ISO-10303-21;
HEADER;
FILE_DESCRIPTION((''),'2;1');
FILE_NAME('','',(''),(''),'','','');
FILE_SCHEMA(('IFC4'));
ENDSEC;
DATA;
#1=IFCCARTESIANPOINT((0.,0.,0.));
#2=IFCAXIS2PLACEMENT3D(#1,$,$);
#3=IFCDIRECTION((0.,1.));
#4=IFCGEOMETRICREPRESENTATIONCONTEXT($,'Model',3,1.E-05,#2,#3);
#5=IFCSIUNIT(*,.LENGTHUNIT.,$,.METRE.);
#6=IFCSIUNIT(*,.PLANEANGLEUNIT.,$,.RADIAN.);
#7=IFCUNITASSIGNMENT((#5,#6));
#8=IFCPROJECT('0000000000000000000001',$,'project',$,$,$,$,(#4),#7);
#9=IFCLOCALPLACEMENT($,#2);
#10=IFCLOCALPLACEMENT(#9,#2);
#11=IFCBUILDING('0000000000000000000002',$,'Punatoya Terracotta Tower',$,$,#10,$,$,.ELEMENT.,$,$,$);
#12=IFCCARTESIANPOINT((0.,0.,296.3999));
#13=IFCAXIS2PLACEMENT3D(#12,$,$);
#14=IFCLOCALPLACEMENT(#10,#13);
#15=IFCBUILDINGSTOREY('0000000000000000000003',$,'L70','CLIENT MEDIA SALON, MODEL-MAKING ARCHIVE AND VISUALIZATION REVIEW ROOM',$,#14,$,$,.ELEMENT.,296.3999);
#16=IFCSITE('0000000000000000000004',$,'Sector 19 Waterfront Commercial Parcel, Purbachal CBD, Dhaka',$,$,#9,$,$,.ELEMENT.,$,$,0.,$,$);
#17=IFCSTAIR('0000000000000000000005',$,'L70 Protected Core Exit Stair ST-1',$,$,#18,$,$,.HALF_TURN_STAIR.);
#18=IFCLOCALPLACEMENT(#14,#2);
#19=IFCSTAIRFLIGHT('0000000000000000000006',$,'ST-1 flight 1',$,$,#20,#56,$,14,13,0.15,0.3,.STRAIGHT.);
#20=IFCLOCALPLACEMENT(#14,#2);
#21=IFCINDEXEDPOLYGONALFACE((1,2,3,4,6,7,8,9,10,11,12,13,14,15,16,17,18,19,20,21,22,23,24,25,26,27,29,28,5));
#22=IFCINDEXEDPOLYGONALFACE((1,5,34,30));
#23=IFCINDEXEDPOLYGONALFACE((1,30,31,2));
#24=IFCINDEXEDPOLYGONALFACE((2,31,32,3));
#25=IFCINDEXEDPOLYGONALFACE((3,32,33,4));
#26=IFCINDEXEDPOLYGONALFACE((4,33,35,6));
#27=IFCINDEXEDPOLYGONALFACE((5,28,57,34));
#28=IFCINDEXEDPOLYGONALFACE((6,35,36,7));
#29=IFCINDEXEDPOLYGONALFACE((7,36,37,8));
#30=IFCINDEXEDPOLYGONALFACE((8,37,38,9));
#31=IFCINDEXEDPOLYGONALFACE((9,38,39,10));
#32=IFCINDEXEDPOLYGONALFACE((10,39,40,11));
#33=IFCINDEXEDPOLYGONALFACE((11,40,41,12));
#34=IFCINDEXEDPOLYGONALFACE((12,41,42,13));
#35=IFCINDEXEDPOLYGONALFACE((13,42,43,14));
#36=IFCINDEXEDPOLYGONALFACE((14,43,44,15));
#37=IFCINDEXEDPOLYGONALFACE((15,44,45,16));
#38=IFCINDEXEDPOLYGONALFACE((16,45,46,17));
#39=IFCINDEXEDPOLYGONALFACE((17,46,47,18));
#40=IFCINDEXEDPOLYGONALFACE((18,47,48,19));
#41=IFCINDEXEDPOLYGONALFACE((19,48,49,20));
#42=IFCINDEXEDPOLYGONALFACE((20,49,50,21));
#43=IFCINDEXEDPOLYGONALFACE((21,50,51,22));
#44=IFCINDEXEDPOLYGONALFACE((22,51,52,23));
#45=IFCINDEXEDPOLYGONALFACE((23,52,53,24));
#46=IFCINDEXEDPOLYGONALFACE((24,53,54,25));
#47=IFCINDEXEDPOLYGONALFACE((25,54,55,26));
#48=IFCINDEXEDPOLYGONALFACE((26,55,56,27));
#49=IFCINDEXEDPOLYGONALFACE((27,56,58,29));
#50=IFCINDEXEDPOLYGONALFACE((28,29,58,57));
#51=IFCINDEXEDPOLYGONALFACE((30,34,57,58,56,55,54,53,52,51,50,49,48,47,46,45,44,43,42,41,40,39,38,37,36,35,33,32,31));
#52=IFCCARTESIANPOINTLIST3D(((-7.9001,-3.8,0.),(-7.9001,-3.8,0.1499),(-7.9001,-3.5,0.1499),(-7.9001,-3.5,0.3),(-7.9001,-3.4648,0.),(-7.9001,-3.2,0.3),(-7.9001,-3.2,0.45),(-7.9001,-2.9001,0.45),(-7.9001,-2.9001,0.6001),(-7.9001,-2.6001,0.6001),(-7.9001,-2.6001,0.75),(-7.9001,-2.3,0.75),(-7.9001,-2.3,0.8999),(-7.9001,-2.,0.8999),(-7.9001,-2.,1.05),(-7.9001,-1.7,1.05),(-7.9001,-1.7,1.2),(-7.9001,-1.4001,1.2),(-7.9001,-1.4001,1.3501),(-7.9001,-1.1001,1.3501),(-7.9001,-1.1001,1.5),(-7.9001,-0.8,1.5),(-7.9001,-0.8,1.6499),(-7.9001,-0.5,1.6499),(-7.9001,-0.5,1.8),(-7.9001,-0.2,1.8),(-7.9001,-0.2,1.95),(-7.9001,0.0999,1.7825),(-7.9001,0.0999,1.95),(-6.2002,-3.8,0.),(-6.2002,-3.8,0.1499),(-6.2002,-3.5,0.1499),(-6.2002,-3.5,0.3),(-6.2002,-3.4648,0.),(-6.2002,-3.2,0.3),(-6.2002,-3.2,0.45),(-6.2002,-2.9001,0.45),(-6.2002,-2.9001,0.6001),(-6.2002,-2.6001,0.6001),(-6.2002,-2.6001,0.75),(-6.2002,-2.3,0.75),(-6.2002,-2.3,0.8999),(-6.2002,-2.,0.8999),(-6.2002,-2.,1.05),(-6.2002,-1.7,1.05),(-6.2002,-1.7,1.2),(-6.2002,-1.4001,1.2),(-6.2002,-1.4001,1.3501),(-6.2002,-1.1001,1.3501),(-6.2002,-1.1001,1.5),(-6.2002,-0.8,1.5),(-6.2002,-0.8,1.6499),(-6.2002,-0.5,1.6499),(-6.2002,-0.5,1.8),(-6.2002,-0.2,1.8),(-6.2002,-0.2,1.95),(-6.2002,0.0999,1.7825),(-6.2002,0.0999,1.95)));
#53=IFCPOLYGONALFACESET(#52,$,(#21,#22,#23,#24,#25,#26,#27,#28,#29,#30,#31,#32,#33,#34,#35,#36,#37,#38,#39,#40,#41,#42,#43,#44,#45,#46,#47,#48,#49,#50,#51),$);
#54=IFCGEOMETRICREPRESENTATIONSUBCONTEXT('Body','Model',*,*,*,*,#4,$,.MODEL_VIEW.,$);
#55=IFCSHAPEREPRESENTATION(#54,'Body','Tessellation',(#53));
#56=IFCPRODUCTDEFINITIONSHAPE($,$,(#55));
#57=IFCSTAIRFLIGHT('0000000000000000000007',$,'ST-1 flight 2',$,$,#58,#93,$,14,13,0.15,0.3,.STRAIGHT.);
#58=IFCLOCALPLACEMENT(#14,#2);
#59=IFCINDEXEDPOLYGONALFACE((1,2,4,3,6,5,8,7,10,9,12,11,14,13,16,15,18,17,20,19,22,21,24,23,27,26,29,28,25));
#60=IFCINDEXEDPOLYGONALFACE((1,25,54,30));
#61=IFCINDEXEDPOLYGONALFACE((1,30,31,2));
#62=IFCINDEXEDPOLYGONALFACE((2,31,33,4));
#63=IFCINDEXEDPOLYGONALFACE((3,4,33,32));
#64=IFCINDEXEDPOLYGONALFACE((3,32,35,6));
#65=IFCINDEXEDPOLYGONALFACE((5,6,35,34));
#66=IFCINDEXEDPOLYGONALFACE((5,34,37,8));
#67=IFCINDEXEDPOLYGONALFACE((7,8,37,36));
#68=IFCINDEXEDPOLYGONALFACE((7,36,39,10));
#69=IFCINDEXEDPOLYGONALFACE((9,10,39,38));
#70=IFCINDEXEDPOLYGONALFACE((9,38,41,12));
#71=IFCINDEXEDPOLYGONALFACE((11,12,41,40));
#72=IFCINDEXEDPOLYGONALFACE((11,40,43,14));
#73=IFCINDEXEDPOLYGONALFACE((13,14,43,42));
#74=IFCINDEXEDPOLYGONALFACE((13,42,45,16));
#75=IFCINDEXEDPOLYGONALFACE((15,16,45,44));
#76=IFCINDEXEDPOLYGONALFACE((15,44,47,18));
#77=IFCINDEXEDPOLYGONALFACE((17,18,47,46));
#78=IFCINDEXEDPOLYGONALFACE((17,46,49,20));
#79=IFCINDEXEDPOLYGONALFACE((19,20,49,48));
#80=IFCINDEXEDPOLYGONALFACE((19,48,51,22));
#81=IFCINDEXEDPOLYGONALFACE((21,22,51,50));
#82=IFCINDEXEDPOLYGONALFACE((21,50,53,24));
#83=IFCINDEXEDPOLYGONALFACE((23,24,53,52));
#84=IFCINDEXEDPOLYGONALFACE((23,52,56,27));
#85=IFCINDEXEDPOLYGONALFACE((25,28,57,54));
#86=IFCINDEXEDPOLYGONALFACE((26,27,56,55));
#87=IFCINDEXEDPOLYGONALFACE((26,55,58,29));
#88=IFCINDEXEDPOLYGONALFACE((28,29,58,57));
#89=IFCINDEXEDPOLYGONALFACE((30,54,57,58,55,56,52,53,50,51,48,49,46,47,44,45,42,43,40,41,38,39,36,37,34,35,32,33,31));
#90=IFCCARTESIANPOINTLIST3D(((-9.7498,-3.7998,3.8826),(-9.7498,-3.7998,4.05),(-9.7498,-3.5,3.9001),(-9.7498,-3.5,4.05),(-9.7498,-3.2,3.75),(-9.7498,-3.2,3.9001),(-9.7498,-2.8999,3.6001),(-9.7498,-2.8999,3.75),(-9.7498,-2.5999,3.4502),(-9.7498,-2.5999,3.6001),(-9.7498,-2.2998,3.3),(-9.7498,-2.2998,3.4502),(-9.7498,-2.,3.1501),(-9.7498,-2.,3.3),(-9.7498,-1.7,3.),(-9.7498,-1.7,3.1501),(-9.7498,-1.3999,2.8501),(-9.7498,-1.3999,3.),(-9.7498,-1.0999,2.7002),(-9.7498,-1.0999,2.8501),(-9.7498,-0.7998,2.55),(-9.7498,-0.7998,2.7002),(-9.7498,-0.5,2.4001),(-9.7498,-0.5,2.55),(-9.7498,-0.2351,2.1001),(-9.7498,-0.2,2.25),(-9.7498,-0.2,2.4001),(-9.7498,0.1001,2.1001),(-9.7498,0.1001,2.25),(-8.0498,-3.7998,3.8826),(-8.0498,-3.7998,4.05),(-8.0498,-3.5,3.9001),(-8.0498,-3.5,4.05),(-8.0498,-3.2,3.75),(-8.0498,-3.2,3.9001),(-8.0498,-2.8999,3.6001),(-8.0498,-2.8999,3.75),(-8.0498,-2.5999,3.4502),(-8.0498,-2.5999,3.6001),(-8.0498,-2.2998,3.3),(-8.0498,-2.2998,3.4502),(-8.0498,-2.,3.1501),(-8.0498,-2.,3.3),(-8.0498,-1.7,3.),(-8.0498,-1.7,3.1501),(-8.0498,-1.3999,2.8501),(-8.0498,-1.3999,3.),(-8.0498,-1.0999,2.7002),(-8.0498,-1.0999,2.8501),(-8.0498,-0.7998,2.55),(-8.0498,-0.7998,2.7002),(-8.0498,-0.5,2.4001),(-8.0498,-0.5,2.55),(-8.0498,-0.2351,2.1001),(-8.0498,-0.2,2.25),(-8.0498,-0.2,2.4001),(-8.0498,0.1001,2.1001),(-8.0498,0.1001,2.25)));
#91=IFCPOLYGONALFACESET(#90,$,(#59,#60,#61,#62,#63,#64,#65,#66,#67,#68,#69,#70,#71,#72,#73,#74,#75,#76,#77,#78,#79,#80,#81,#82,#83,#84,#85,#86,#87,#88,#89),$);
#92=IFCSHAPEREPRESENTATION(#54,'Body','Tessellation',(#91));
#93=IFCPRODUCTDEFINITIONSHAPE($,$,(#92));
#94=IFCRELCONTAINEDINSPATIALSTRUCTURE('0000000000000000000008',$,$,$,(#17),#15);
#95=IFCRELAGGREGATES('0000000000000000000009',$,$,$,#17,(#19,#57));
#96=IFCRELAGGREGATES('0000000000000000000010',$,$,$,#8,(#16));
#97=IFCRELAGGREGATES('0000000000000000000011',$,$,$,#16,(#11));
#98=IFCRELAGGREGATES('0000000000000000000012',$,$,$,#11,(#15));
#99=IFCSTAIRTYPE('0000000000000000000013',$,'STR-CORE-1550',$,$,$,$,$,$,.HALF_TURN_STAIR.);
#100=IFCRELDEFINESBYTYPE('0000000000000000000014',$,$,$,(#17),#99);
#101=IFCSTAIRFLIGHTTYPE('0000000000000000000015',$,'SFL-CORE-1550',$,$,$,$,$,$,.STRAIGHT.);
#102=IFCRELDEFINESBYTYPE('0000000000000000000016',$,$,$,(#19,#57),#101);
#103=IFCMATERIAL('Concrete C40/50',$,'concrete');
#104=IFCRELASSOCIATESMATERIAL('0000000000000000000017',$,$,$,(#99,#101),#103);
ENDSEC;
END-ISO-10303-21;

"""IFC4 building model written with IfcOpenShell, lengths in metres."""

from ifc_helpers import new_model, si_unit, direction, frame, origin, place, context, subcontext, project, spatial, polyline, outline, extrude, material, type_object, element, aggregate, save


model = new_model("IFC4")

# Units and contexts
model_context = context("Model", 3, precision=1e-05, world=origin(), true_north=direction((0.0, 1.0)))
body_context = subcontext(model_context, "Body", "Model", "MODEL_VIEW")
ifc_project = project(units=[si_unit("LENGTHUNIT", "METRE"), si_unit("PLANEANGLEUNIT", "RADIAN")], contexts=[model_context])

# Site, building, storey
site_placement = place(None, origin())
site = spatial("IfcSite", under=ifc_project, at=site_placement, Name="Sector 19 Waterfront Commercial Parcel, Purbachal CBD, Dhaka", CompositionType="ELEMENT", RefElevation=0.0)
building_placement = place(site_placement, origin())
building = spatial("IfcBuilding", under=site, at=building_placement, Name="Punatoya Terracotta Tower", CompositionType="ELEMENT")
storey_placement = place(building_placement, frame((0.0, 0.0, 296.3999)))
storey = spatial("IfcBuildingStorey", under=building, at=storey_placement, Name="L70", Description="CLIENT MEDIA SALON, MODEL-MAKING ARCHIVE AND VISUALIZATION REVIEW ROOM", CompositionType="ELEMENT", Elevation=296.3999)

# Shared definitions
ifc_material_1 = material(Name="Concrete C40/50", Category="concrete")

# Stair, stair flights
stair_type = type_object("IfcStairType", Name="STR-CORE-1550", PredefinedType="HALF_TURN_STAIR", material=ifc_material_1)
stair_placement = place(storey_placement, origin())
stair = element("IfcStair", 1, at=stair_placement, inside=storey, type_object=stair_type, Name="L70 Protected Core Exit Stair ST-1", PredefinedType="HALF_TURN_STAIR")
stair_flight_type = type_object("IfcStairFlightType", Name="SFL-CORE-1550", PredefinedType="STRAIGHT", material=ifc_material_1)
stair_flight_1_placement = place(storey_placement, frame((-7.05, -3.8, 0.0), z_axis=(0.0, 0.0, 1.0), x_axis=(0.0, 1.0, 0.0)))
stair_flight_1 = element("IfcStairFlight", 2, at=stair_flight_1_placement, type_object=stair_flight_type, Name="ST-1 flight 1", NumberOfRisers=14, NumberOfTreads=13, PredefinedType="STRAIGHT", RiserHeight=0.15, TreadLength=0.3, context=body_context, shape_type="SweptSolid", body=[
    extrude(outline(polyline([(0.0, 0.0), (0.0, 0.1499), (0.3, 0.1499), (0.3, 0.3), (0.6001, 0.3), (0.6001, 0.45), (0.8999, 0.45), (0.8999, 0.6001), (1.2, 0.6001), (1.2, 0.75), (1.5, 0.75), (1.5, 0.8999), (1.8, 0.8999), (1.8, 1.05), (2.1001, 1.05), (2.1001, 1.2), (2.3999, 1.2), (2.3999, 1.3501), (2.7, 1.3501), (2.7, 1.5), (3.0, 1.5), (3.0, 1.6499), (3.3, 1.6499), (3.3, 1.8), (3.6001, 1.8), (3.6001, 1.95), (3.8999, 1.95), (3.8999, 2.1001), (3.8999, 1.7825), (0.3352, 0.0), (0.0, 0.0)])), frame((0.0, 0.8501, 0.0), z_axis=(0.0, -1.0, 0.0), x_axis=(1.0, 0.0, 0.0)), (0.0, 0.0, 1.0), 1.7),
])
stair_flight_2_placement = place(storey_placement, frame((-8.8999, 0.1001, 2.1001), z_axis=(0.0, 0.0, 1.0), x_axis=(0.0, -1.0, 0.0)))
stair_flight_2 = element("IfcStairFlight", 3, at=stair_flight_2_placement, type_object=stair_flight_type, Name="ST-1 flight 2", NumberOfRisers=14, NumberOfTreads=13, PredefinedType="STRAIGHT", RiserHeight=0.15, TreadLength=0.3, context=body_context, shape_type="SweptSolid", body=[
    extrude(outline(polyline([(0.0, 0.0), (0.0, 0.1499), (0.3, 0.1499), (0.3, 0.3), (0.6001, 0.3), (0.6001, 0.45), (0.8999, 0.45), (0.8999, 0.6001), (1.2, 0.6001), (1.2, 0.75), (1.5, 0.75), (1.5, 0.8999), (1.8, 0.8999), (1.8, 1.05), (2.1001, 1.05), (2.1001, 1.2), (2.3999, 1.2), (2.3999, 1.3501), (2.7, 1.3501), (2.7, 1.5), (3.0, 1.5), (3.0, 1.6499), (3.3, 1.6499), (3.3, 1.8), (3.6001, 1.8), (3.6001, 1.95), (3.8999, 1.95), (3.8999, 2.1001), (3.8999, 1.7825), (0.3352, 0.0), (0.0, 0.0)])), frame((0.0, 0.8501, 0.0), z_axis=(0.0, -1.0, 0.0), x_axis=(1.0, 0.0, 0.0)), (0.0, 0.0, 1.0), 1.7),
])
aggregate(stair, [stair_flight_1, stair_flight_2])

save(model, "model.ifc")
